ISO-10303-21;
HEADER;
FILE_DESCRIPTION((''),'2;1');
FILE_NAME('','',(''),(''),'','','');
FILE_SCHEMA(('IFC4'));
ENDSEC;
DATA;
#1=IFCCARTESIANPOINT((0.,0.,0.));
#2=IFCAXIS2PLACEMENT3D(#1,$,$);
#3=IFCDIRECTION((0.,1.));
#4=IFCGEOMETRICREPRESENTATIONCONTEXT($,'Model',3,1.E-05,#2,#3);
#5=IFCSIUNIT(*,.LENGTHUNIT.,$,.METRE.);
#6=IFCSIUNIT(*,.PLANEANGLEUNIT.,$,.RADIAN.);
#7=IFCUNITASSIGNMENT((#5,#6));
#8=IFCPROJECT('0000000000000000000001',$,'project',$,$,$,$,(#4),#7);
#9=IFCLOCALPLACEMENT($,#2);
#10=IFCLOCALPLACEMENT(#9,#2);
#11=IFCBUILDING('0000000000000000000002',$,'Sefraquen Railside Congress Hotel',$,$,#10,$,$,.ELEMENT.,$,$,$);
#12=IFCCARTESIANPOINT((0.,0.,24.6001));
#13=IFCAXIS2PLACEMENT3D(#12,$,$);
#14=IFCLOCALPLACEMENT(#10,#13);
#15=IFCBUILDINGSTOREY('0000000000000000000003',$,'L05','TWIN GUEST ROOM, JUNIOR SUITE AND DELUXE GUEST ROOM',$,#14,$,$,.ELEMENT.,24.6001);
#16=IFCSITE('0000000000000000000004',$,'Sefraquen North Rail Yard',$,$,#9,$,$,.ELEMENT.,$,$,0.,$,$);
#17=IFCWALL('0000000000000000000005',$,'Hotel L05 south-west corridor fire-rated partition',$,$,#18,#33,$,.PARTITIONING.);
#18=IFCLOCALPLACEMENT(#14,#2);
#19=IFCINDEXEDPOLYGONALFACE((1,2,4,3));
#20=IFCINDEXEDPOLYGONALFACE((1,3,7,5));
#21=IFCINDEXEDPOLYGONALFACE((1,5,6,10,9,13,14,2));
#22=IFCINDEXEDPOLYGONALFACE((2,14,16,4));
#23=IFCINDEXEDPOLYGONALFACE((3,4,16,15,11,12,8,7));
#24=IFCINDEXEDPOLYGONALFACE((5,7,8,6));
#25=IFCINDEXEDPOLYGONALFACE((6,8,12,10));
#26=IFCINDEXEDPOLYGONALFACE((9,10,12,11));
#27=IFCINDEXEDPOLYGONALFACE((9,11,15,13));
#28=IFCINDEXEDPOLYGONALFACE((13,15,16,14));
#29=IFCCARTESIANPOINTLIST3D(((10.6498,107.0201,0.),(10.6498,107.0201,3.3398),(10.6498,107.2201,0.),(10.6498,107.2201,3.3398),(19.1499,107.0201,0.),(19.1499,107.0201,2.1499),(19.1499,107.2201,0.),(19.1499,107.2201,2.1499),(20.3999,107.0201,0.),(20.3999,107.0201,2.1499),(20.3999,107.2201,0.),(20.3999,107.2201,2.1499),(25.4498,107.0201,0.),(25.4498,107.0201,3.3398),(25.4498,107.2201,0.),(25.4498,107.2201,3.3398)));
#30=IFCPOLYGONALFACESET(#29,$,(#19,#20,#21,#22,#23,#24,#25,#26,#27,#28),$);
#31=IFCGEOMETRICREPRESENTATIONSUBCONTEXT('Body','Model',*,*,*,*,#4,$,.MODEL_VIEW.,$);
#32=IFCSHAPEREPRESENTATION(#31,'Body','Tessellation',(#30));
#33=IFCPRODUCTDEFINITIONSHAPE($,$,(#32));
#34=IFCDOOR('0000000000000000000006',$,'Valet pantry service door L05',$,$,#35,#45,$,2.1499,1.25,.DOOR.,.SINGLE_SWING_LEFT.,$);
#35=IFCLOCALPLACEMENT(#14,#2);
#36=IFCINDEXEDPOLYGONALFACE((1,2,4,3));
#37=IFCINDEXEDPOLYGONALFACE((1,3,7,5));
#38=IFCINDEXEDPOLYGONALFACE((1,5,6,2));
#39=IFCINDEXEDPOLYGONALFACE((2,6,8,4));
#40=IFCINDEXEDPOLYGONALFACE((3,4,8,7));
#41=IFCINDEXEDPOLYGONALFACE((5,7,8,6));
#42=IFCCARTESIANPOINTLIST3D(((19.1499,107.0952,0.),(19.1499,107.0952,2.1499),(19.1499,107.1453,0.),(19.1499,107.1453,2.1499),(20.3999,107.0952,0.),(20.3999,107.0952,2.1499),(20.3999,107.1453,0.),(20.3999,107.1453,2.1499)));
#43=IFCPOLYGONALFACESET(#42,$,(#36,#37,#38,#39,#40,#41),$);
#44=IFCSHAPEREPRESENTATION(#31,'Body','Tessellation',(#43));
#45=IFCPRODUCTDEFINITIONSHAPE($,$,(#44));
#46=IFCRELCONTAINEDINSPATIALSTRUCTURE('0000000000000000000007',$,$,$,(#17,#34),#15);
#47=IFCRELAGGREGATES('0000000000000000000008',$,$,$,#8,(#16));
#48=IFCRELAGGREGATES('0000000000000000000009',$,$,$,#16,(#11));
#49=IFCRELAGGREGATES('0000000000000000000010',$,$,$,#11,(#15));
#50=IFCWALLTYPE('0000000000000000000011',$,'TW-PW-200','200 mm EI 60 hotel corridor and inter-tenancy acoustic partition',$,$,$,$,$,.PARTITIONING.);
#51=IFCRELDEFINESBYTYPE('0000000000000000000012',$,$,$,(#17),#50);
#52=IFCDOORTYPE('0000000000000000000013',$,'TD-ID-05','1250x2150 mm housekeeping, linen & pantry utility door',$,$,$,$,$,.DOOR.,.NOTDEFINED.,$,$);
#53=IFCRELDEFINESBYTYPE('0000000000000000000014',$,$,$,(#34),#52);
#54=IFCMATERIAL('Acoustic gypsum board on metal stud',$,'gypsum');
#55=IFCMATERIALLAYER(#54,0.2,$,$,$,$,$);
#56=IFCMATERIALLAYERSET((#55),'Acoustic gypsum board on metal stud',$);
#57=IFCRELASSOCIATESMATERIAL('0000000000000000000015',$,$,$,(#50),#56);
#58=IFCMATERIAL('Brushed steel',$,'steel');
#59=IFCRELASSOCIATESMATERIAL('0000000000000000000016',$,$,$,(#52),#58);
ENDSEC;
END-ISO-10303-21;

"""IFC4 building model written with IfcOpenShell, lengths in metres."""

from ifc_helpers import new_model, si_unit, direction, frame, frame_2d, origin, place, context, subcontext, project, spatial, rectangle, extrude, material, layer, layer_set, type_object, element, fill, save


model = new_model("IFC4")

# Units and contexts
model_context = context("Model", 3, precision=1e-05, world=origin(), true_north=direction((0.0, 1.0)))
body_context = subcontext(model_context, "Body", "Model", "MODEL_VIEW")
ifc_project = project(units=[si_unit("LENGTHUNIT", "METRE"), si_unit("PLANEANGLEUNIT", "RADIAN")], contexts=[model_context])

# Site, building, storey
site_placement = place(None, origin())
site = spatial("IfcSite", under=ifc_project, at=site_placement, Name="Sefraquen North Rail Yard", CompositionType="ELEMENT", RefElevation=0.0)
building_placement = place(site_placement, origin())
building = spatial("IfcBuilding", under=site, at=building_placement, Name="Sefraquen Railside Congress Hotel", CompositionType="ELEMENT")
storey_placement = place(building_placement, frame((0.0, 0.0, 24.6001)))
storey = spatial("IfcBuildingStorey", under=building, at=storey_placement, Name="L05", Description="TWIN GUEST ROOM, JUNIOR SUITE AND DELUXE GUEST ROOM", CompositionType="ELEMENT", Elevation=24.6001)

# Shared definitions
ifc_material_1 = material(Name="Acoustic gypsum board on metal stud", Category="gypsum")

# Wall, opening, door
ifc_layer_1 = layer(ifc_material_1, 0.2)
ifc_layer_set_1 = layer_set([ifc_layer_1], Name="Acoustic gypsum board on metal stud")
wall_type_1 = type_object("IfcWallType", Name="TW-PW-200", Description="200 mm EI 60 hotel corridor and inter-tenancy acoustic partition", PredefinedType="PARTITIONING", material=ifc_layer_set_1)
wall_1_placement = place(storey_placement, frame((10.6499, 107.1201, 0.0), z_axis=(0.0, 0.0, 1.0), x_axis=(1.0, 0.0, 0.0)))
wall_1 = element("IfcWall", 1, at=wall_1_placement, inside=storey, type_object=wall_type_1, Name="Hotel L05 south-west corridor fire-rated partition", PredefinedType="PARTITIONING", context=body_context, shape_type="SweptSolid", body=[
    extrude(rectangle(XDim=14.8, YDim=0.2, at=frame_2d((7.3999, 0.0))), origin(), (0.0, 0.0, 1.0), 3.3398),
])
opening_placement = place(wall_1_placement, frame((8.5, 0.0, 0.0)))
opening = element("IfcOpeningElement", 2, at=opening_placement, cuts=wall_1, PredefinedType="OPENING", context=body_context, shape_type="SweptSolid", body=[
    extrude(rectangle(XDim=1.25, YDim=2.1499, at=frame_2d((0.625, 1.075))), frame((0.0, 0.1099, 0.0), z_axis=(0.0, -1.0, 0.0), x_axis=(1.0, 0.0, 0.0)), (0.0, 0.0, 1.0), 0.22),
])
ifc_material_2 = material(Name="Brushed steel", Category="steel")
door_type = type_object("IfcDoorType", Name="TD-ID-05", Description="1250x2150 mm housekeeping, linen & pantry utility door", OperationType="NOTDEFINED", PredefinedType="DOOR", material=ifc_material_2)
door_placement = place(opening_placement, frame((1.25, 0.0, 0.0), z_axis=(0.0, 0.0, 1.0), x_axis=(-1.0, 0.0, 0.0)))
door = element("IfcDoor", 3, at=door_placement, inside=storey, type_object=door_type, Name="Valet pantry service door L05", OperationType="SINGLE_SWING_LEFT", OverallHeight=2.1499, OverallWidth=1.25, PredefinedType="DOOR", context=body_context, shape_type="SweptSolid", body=[
    extrude(rectangle(XDim=1.25, YDim=2.1499, at=frame_2d((0.625, 1.075))), frame((0.0, 0.0249, 0.0), z_axis=(0.0, -1.0, 0.0), x_axis=(1.0, 0.0, 0.0)), (0.0, 0.0, 1.0), 0.05),
])
fill(opening, door)

save(model, "model.ifc")
